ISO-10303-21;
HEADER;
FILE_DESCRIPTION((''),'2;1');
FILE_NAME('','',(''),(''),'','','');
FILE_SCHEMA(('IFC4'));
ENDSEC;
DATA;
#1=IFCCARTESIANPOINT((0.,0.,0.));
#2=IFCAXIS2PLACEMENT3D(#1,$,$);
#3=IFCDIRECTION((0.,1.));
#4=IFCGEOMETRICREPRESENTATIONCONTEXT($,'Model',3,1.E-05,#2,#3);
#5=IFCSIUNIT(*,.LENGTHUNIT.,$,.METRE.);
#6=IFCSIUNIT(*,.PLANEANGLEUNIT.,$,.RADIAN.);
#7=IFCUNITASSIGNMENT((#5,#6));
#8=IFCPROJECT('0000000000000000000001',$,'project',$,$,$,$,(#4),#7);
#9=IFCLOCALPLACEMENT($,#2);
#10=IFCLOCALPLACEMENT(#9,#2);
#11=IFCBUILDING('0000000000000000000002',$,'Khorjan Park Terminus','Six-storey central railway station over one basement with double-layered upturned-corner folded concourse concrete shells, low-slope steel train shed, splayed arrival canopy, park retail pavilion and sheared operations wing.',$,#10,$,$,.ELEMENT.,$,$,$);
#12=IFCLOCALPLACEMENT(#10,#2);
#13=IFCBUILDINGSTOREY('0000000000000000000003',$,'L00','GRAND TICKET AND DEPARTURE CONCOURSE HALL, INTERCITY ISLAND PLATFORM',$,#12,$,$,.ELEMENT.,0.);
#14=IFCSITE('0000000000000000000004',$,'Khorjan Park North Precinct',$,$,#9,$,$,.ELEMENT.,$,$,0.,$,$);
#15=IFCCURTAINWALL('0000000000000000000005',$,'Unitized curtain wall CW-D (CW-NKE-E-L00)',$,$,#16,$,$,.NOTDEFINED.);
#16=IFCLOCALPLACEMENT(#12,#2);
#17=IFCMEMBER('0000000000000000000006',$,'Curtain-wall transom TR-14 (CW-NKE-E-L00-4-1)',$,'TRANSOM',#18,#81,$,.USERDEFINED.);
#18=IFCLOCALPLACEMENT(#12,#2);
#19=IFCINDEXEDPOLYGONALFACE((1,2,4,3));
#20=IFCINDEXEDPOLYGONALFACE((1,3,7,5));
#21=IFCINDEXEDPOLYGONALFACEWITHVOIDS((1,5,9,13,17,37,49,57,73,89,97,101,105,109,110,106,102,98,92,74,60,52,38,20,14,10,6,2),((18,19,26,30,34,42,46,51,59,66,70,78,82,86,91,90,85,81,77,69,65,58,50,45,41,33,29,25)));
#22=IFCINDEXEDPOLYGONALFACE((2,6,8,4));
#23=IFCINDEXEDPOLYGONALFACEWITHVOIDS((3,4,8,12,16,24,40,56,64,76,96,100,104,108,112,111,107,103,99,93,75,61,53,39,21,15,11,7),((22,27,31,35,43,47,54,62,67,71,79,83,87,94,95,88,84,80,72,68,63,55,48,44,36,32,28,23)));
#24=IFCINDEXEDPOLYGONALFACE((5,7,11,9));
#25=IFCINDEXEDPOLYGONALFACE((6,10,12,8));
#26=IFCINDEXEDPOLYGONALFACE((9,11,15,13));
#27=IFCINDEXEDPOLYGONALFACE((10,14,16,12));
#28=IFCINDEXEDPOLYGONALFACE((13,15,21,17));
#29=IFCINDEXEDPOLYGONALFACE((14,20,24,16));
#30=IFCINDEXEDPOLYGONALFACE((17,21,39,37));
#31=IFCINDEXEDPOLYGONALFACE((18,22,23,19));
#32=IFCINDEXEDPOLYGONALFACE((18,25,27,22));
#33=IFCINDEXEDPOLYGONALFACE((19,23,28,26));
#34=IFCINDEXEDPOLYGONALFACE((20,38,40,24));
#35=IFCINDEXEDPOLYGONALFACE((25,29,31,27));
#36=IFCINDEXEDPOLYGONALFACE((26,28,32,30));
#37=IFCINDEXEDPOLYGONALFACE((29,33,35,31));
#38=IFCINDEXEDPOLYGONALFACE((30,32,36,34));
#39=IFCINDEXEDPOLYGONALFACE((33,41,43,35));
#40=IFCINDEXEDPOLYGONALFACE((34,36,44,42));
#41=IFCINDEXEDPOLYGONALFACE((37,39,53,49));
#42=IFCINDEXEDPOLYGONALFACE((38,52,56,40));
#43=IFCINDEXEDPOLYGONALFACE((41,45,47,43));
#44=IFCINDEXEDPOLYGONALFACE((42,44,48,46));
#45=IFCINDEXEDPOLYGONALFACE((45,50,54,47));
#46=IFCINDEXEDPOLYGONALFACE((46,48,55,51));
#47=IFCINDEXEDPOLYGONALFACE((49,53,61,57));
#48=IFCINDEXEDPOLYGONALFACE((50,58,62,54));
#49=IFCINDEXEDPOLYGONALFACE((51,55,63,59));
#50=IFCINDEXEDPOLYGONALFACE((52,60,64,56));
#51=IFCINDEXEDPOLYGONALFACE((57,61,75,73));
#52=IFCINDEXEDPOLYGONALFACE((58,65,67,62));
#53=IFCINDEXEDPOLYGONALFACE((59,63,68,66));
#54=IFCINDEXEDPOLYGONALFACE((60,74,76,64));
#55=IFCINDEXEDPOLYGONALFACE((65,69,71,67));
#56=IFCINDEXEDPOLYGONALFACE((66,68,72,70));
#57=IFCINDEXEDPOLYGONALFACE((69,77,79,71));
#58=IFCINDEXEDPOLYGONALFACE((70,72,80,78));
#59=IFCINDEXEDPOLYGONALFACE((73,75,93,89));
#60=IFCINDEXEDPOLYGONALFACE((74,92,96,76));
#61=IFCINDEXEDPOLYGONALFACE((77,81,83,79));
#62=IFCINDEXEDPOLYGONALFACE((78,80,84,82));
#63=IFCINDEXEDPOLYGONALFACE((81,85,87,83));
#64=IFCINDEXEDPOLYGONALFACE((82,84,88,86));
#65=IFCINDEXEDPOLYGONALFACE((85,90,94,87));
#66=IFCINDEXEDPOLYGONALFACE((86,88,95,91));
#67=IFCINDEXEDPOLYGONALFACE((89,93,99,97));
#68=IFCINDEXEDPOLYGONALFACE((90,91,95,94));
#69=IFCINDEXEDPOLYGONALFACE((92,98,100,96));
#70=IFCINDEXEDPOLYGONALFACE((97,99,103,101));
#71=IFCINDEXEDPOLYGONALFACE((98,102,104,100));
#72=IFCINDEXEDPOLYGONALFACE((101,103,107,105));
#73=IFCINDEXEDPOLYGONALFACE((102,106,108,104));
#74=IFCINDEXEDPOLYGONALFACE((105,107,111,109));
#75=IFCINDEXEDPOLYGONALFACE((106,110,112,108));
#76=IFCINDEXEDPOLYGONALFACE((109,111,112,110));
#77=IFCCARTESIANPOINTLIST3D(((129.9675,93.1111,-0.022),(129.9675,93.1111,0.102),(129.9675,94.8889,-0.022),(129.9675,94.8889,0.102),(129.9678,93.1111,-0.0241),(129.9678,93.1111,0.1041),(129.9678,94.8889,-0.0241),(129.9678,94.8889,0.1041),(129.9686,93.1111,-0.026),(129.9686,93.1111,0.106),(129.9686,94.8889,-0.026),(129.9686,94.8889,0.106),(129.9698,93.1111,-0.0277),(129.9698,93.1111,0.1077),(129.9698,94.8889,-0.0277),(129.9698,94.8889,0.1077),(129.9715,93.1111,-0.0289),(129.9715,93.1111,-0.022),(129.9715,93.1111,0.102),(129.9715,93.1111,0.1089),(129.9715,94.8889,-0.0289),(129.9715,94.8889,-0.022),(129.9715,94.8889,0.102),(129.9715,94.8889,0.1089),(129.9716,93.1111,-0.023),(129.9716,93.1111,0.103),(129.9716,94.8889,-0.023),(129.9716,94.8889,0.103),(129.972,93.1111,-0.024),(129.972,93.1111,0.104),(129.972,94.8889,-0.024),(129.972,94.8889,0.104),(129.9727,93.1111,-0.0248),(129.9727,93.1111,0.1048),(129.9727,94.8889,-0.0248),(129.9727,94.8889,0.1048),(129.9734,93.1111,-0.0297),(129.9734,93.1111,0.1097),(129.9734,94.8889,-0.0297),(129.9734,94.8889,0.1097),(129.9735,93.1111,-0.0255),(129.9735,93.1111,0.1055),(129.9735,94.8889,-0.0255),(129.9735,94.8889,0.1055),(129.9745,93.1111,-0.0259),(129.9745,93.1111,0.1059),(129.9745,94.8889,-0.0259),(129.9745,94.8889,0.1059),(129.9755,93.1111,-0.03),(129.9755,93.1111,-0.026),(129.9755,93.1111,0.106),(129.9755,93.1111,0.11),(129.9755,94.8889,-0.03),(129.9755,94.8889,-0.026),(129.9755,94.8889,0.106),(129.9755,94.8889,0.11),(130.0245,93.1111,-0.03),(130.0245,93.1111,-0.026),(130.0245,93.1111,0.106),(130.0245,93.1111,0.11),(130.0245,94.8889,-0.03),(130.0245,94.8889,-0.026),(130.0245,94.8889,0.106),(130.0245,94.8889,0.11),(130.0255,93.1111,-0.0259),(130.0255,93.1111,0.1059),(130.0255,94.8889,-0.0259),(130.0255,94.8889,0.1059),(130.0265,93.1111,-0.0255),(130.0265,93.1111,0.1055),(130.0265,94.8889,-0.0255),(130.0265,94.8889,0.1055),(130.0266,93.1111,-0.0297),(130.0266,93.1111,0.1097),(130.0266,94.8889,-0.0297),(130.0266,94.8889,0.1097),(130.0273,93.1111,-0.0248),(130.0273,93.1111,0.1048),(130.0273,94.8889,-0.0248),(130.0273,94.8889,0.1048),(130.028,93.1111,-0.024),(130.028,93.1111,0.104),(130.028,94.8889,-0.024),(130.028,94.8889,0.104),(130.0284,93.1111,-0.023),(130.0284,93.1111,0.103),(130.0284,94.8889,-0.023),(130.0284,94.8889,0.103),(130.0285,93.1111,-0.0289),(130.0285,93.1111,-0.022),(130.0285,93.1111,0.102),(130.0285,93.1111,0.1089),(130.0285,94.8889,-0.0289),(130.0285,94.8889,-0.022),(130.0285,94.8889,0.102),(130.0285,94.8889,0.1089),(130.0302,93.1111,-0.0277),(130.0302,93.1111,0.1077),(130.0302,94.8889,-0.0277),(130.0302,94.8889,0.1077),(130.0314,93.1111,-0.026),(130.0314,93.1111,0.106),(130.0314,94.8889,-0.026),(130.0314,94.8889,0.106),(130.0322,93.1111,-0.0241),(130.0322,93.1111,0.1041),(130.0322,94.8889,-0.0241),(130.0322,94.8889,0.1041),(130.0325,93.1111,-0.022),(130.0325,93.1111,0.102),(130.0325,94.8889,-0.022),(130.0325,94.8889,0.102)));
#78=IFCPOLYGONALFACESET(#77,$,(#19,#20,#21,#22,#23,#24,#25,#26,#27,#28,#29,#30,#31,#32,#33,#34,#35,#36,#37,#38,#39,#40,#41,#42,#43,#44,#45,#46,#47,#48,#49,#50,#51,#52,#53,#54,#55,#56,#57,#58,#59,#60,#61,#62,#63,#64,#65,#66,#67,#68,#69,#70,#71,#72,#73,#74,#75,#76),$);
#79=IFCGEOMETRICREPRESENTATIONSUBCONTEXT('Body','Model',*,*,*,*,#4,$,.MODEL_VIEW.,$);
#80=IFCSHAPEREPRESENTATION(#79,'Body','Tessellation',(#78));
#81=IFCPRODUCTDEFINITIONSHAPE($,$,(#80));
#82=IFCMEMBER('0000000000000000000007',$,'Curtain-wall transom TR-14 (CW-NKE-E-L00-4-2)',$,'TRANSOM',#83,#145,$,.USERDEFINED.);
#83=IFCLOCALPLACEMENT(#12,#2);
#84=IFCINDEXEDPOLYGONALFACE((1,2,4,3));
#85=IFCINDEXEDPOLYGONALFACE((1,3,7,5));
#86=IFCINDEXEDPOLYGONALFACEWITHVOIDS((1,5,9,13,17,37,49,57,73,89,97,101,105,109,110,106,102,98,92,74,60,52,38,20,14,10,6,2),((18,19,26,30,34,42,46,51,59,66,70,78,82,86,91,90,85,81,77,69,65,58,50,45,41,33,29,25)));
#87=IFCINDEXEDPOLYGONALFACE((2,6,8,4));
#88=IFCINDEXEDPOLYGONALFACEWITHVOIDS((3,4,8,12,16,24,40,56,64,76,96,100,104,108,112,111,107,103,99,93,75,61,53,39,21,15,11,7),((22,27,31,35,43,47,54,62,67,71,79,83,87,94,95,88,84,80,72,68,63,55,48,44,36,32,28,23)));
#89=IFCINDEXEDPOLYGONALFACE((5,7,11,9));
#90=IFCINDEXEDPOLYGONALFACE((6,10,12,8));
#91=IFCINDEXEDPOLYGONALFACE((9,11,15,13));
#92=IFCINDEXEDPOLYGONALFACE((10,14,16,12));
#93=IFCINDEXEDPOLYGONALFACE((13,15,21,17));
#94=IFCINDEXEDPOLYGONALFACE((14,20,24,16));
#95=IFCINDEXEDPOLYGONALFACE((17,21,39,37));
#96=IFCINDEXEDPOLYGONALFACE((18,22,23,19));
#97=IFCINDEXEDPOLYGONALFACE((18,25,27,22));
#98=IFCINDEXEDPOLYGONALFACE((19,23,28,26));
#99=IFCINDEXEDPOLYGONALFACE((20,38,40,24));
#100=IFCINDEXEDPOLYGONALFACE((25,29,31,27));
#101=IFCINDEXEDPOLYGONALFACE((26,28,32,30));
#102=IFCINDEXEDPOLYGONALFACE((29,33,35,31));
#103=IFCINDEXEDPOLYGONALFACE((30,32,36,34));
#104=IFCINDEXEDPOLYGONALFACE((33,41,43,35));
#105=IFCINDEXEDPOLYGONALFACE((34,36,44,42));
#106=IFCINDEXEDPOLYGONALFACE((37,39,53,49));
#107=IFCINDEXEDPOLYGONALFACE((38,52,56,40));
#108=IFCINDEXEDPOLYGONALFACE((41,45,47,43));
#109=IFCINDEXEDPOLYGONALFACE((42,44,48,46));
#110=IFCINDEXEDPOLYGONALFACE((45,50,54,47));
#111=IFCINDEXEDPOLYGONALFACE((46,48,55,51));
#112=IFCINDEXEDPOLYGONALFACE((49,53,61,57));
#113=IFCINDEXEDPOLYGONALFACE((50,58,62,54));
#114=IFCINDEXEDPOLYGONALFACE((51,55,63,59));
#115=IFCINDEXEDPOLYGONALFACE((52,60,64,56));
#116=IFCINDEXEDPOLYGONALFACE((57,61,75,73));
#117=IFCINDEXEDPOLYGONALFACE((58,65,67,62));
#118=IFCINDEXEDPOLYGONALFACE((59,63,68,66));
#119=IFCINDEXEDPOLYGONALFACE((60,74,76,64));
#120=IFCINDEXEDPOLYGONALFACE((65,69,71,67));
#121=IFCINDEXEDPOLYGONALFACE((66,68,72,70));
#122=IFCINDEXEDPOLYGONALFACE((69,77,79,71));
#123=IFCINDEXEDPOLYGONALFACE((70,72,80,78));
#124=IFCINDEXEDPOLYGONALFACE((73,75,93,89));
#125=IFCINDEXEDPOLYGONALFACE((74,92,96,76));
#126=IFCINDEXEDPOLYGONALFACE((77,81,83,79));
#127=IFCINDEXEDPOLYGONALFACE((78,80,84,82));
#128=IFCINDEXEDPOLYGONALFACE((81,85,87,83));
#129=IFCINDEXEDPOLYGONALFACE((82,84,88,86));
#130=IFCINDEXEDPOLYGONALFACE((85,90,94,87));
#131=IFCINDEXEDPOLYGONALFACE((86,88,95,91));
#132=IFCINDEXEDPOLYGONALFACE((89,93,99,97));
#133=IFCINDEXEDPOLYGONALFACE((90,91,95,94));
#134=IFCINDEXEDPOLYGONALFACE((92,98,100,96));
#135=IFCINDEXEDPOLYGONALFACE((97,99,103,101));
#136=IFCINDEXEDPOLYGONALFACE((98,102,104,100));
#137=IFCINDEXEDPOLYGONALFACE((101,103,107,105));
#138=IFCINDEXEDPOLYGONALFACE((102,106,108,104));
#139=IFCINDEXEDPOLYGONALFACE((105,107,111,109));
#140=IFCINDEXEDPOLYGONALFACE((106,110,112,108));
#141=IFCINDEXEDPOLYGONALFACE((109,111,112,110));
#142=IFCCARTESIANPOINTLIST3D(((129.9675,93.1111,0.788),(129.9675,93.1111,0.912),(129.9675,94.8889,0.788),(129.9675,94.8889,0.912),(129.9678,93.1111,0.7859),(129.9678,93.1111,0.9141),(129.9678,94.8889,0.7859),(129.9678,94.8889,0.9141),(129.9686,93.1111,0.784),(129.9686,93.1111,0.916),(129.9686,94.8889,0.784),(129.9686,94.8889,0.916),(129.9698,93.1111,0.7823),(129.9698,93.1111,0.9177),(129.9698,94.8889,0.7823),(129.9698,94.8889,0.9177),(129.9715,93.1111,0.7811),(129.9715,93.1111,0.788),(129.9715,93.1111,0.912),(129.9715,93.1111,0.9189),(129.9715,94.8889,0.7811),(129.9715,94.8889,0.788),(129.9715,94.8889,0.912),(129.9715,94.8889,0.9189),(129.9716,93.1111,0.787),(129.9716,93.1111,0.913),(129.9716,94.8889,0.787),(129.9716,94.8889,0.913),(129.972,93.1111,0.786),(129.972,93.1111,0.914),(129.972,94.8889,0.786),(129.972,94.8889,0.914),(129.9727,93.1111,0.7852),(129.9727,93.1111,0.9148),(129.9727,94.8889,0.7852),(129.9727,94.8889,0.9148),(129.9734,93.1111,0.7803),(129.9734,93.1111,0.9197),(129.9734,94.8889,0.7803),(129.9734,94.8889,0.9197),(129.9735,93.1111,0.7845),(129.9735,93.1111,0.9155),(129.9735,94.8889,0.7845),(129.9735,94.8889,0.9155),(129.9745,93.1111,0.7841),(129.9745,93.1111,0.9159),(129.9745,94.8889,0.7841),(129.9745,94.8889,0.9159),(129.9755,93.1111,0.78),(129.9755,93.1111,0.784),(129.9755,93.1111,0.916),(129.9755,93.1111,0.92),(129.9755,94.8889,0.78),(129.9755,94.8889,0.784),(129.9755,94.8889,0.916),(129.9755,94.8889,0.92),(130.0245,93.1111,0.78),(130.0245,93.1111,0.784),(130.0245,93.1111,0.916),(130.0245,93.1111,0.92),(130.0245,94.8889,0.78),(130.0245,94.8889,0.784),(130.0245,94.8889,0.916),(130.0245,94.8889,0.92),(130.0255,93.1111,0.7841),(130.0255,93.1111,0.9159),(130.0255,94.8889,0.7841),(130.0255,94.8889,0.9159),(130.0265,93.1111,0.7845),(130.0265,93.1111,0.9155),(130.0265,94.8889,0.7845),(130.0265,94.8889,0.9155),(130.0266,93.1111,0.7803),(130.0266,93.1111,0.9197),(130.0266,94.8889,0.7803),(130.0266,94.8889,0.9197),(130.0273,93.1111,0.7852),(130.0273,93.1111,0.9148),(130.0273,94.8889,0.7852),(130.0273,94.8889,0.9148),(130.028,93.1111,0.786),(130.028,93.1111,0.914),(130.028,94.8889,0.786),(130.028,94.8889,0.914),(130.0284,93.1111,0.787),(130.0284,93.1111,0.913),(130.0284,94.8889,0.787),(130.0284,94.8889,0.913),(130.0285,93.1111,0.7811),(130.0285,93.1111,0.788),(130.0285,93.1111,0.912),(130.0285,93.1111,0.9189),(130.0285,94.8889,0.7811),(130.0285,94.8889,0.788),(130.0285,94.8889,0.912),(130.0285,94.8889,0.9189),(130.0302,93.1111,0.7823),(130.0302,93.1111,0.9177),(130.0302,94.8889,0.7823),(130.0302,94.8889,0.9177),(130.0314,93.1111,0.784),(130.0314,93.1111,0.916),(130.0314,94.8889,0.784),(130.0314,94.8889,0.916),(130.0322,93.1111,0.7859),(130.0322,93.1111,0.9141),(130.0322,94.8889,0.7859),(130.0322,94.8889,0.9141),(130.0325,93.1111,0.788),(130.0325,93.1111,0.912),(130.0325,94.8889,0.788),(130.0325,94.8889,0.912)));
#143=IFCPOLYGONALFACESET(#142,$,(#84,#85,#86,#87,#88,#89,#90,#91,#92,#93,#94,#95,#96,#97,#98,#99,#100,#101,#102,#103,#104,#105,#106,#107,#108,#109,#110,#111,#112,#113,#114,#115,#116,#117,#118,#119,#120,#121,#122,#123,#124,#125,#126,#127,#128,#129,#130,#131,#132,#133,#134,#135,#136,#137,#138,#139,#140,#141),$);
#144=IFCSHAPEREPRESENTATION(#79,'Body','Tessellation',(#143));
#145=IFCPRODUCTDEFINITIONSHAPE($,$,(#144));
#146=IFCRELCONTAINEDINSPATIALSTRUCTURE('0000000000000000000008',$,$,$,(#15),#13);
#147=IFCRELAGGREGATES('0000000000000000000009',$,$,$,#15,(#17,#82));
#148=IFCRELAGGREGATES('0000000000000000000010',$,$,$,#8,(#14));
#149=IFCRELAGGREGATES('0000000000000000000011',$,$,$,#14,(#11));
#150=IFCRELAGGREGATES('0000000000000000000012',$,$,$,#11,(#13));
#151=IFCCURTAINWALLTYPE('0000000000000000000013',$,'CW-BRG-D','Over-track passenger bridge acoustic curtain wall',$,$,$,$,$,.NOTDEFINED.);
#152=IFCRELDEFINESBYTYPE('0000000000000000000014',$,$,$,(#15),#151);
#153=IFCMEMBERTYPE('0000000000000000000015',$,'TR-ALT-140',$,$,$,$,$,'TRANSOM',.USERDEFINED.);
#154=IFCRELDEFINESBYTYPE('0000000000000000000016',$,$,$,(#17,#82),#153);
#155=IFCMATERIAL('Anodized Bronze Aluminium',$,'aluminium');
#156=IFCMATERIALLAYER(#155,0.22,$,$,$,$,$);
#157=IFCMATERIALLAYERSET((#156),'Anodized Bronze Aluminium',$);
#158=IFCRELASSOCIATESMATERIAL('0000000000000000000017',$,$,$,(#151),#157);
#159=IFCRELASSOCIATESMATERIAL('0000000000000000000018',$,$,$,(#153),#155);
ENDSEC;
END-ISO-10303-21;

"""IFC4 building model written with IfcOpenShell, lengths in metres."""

from ifc_helpers import new_model, si_unit, direction, frame, origin, origin_2d, place, context, subcontext, project, spatial, hollow_rectangle, extrude, material, layer, layer_set, material_profile, profile_set, type_object, element, aggregate, save


model = new_model("IFC4")

# Units and contexts
model_context = context("Model", 3, precision=1e-05, world=origin(), true_north=direction((0.0, 1.0)))
body_context = subcontext(model_context, "Body", "Model", "MODEL_VIEW")
ifc_project = project(units=[si_unit("LENGTHUNIT", "METRE"), si_unit("PLANEANGLEUNIT", "RADIAN")], contexts=[model_context])

# Site, building, storey
site_placement = place(None, origin())
site = spatial("IfcSite", under=ifc_project, at=site_placement, Name="Khorjan Park North Precinct", CompositionType="ELEMENT", RefElevation=0.0)
building_placement = place(site_placement, origin())
building = spatial("IfcBuilding", under=site, at=building_placement, Name="Khorjan Park Terminus", Description="Six-storey central railway station over one basement with double-layered upturned-corner folded concourse concrete shells, low-slope steel train shed, splayed arrival canopy, park retail pavilion and sheared operations wing.", CompositionType="ELEMENT")
storey_placement = place(building_placement, origin())
storey = spatial("IfcBuildingStorey", under=building, at=storey_placement, Name="L00", Description="GRAND TICKET AND DEPARTURE CONCOURSE HALL, INTERCITY ISLAND PLATFORM", CompositionType="ELEMENT", Elevation=0.0)

# Curtain wall, members
ifc_material_1 = material(Name="Anodized Bronze Aluminium", Category="aluminium")
ifc_layer_1 = layer(ifc_material_1, 0.22)
ifc_layer_set_1 = layer_set([ifc_layer_1], Name="Anodized Bronze Aluminium")
curtain_wall_type = type_object("IfcCurtainWallType", Name="CW-BRG-D", Description="Over-track passenger bridge acoustic curtain wall", PredefinedType="NOTDEFINED", material=ifc_layer_set_1)
curtain_wall_placement = place(storey_placement, origin())
curtain_wall = element("IfcCurtainWall", 1, at=curtain_wall_placement, inside=storey, type_object=curtain_wall_type, Name="Unitized curtain wall CW-D (CW-NKE-E-L00)", PredefinedType="NOTDEFINED")
ifc_material_profile_1 = material_profile(ifc_material_1, hollow_rectangle(XDim=0.065, YDim=0.14, WallThickness=0.004, InnerFilletRadius=0.004, OuterFilletRadius=0.008, at=origin_2d()), Name="ALT 65x140x4")
ifc_profile_set_1 = profile_set([ifc_material_profile_1], Name="Anodized Bronze Aluminium")
member_type_1 = type_object("IfcMemberType", Name="TR-ALT-140", ElementType="TRANSOM", PredefinedType="USERDEFINED", material=ifc_profile_set_1)
member_1_placement = place(storey_placement, frame((130.0, 93.1111, 0.04), z_axis=(0.0, 1.0, 0.0), x_axis=(-1.0, 0.0, 0.0)))
member_1 = element("IfcMember", 2, at=member_1_placement, type_object=member_type_1, Name="Curtain-wall transom TR-14 (CW-NKE-E-L00-4-1)", ObjectType="TRANSOM", PredefinedType="USERDEFINED", context=body_context, shape_type="SweptSolid", body=[
    extrude(hollow_rectangle(XDim=0.065, YDim=0.14, WallThickness=0.004, InnerFilletRadius=0.004, OuterFilletRadius=0.008, at=origin_2d()), origin(), (0.0, 0.0, 1.0), 1.7778),
])
member_2_placement = place(storey_placement, frame((130.0, 93.1111, 0.85), z_axis=(0.0, 1.0, 0.0), x_axis=(-1.0, 0.0, 0.0)))
member_2 = element("IfcMember", 3, at=member_2_placement, type_object=member_type_1, Name="Curtain-wall transom TR-14 (CW-NKE-E-L00-4-2)", ObjectType="TRANSOM", PredefinedType="USERDEFINED", context=body_context, shape_type="SweptSolid", body=[
    extrude(hollow_rectangle(XDim=0.065, YDim=0.14, WallThickness=0.004, InnerFilletRadius=0.004, OuterFilletRadius=0.008, at=origin_2d()), origin(), (0.0, 0.0, 1.0), 1.7778),
])
aggregate(curtain_wall, [member_1, member_2])

save(model, "model.ifc")
